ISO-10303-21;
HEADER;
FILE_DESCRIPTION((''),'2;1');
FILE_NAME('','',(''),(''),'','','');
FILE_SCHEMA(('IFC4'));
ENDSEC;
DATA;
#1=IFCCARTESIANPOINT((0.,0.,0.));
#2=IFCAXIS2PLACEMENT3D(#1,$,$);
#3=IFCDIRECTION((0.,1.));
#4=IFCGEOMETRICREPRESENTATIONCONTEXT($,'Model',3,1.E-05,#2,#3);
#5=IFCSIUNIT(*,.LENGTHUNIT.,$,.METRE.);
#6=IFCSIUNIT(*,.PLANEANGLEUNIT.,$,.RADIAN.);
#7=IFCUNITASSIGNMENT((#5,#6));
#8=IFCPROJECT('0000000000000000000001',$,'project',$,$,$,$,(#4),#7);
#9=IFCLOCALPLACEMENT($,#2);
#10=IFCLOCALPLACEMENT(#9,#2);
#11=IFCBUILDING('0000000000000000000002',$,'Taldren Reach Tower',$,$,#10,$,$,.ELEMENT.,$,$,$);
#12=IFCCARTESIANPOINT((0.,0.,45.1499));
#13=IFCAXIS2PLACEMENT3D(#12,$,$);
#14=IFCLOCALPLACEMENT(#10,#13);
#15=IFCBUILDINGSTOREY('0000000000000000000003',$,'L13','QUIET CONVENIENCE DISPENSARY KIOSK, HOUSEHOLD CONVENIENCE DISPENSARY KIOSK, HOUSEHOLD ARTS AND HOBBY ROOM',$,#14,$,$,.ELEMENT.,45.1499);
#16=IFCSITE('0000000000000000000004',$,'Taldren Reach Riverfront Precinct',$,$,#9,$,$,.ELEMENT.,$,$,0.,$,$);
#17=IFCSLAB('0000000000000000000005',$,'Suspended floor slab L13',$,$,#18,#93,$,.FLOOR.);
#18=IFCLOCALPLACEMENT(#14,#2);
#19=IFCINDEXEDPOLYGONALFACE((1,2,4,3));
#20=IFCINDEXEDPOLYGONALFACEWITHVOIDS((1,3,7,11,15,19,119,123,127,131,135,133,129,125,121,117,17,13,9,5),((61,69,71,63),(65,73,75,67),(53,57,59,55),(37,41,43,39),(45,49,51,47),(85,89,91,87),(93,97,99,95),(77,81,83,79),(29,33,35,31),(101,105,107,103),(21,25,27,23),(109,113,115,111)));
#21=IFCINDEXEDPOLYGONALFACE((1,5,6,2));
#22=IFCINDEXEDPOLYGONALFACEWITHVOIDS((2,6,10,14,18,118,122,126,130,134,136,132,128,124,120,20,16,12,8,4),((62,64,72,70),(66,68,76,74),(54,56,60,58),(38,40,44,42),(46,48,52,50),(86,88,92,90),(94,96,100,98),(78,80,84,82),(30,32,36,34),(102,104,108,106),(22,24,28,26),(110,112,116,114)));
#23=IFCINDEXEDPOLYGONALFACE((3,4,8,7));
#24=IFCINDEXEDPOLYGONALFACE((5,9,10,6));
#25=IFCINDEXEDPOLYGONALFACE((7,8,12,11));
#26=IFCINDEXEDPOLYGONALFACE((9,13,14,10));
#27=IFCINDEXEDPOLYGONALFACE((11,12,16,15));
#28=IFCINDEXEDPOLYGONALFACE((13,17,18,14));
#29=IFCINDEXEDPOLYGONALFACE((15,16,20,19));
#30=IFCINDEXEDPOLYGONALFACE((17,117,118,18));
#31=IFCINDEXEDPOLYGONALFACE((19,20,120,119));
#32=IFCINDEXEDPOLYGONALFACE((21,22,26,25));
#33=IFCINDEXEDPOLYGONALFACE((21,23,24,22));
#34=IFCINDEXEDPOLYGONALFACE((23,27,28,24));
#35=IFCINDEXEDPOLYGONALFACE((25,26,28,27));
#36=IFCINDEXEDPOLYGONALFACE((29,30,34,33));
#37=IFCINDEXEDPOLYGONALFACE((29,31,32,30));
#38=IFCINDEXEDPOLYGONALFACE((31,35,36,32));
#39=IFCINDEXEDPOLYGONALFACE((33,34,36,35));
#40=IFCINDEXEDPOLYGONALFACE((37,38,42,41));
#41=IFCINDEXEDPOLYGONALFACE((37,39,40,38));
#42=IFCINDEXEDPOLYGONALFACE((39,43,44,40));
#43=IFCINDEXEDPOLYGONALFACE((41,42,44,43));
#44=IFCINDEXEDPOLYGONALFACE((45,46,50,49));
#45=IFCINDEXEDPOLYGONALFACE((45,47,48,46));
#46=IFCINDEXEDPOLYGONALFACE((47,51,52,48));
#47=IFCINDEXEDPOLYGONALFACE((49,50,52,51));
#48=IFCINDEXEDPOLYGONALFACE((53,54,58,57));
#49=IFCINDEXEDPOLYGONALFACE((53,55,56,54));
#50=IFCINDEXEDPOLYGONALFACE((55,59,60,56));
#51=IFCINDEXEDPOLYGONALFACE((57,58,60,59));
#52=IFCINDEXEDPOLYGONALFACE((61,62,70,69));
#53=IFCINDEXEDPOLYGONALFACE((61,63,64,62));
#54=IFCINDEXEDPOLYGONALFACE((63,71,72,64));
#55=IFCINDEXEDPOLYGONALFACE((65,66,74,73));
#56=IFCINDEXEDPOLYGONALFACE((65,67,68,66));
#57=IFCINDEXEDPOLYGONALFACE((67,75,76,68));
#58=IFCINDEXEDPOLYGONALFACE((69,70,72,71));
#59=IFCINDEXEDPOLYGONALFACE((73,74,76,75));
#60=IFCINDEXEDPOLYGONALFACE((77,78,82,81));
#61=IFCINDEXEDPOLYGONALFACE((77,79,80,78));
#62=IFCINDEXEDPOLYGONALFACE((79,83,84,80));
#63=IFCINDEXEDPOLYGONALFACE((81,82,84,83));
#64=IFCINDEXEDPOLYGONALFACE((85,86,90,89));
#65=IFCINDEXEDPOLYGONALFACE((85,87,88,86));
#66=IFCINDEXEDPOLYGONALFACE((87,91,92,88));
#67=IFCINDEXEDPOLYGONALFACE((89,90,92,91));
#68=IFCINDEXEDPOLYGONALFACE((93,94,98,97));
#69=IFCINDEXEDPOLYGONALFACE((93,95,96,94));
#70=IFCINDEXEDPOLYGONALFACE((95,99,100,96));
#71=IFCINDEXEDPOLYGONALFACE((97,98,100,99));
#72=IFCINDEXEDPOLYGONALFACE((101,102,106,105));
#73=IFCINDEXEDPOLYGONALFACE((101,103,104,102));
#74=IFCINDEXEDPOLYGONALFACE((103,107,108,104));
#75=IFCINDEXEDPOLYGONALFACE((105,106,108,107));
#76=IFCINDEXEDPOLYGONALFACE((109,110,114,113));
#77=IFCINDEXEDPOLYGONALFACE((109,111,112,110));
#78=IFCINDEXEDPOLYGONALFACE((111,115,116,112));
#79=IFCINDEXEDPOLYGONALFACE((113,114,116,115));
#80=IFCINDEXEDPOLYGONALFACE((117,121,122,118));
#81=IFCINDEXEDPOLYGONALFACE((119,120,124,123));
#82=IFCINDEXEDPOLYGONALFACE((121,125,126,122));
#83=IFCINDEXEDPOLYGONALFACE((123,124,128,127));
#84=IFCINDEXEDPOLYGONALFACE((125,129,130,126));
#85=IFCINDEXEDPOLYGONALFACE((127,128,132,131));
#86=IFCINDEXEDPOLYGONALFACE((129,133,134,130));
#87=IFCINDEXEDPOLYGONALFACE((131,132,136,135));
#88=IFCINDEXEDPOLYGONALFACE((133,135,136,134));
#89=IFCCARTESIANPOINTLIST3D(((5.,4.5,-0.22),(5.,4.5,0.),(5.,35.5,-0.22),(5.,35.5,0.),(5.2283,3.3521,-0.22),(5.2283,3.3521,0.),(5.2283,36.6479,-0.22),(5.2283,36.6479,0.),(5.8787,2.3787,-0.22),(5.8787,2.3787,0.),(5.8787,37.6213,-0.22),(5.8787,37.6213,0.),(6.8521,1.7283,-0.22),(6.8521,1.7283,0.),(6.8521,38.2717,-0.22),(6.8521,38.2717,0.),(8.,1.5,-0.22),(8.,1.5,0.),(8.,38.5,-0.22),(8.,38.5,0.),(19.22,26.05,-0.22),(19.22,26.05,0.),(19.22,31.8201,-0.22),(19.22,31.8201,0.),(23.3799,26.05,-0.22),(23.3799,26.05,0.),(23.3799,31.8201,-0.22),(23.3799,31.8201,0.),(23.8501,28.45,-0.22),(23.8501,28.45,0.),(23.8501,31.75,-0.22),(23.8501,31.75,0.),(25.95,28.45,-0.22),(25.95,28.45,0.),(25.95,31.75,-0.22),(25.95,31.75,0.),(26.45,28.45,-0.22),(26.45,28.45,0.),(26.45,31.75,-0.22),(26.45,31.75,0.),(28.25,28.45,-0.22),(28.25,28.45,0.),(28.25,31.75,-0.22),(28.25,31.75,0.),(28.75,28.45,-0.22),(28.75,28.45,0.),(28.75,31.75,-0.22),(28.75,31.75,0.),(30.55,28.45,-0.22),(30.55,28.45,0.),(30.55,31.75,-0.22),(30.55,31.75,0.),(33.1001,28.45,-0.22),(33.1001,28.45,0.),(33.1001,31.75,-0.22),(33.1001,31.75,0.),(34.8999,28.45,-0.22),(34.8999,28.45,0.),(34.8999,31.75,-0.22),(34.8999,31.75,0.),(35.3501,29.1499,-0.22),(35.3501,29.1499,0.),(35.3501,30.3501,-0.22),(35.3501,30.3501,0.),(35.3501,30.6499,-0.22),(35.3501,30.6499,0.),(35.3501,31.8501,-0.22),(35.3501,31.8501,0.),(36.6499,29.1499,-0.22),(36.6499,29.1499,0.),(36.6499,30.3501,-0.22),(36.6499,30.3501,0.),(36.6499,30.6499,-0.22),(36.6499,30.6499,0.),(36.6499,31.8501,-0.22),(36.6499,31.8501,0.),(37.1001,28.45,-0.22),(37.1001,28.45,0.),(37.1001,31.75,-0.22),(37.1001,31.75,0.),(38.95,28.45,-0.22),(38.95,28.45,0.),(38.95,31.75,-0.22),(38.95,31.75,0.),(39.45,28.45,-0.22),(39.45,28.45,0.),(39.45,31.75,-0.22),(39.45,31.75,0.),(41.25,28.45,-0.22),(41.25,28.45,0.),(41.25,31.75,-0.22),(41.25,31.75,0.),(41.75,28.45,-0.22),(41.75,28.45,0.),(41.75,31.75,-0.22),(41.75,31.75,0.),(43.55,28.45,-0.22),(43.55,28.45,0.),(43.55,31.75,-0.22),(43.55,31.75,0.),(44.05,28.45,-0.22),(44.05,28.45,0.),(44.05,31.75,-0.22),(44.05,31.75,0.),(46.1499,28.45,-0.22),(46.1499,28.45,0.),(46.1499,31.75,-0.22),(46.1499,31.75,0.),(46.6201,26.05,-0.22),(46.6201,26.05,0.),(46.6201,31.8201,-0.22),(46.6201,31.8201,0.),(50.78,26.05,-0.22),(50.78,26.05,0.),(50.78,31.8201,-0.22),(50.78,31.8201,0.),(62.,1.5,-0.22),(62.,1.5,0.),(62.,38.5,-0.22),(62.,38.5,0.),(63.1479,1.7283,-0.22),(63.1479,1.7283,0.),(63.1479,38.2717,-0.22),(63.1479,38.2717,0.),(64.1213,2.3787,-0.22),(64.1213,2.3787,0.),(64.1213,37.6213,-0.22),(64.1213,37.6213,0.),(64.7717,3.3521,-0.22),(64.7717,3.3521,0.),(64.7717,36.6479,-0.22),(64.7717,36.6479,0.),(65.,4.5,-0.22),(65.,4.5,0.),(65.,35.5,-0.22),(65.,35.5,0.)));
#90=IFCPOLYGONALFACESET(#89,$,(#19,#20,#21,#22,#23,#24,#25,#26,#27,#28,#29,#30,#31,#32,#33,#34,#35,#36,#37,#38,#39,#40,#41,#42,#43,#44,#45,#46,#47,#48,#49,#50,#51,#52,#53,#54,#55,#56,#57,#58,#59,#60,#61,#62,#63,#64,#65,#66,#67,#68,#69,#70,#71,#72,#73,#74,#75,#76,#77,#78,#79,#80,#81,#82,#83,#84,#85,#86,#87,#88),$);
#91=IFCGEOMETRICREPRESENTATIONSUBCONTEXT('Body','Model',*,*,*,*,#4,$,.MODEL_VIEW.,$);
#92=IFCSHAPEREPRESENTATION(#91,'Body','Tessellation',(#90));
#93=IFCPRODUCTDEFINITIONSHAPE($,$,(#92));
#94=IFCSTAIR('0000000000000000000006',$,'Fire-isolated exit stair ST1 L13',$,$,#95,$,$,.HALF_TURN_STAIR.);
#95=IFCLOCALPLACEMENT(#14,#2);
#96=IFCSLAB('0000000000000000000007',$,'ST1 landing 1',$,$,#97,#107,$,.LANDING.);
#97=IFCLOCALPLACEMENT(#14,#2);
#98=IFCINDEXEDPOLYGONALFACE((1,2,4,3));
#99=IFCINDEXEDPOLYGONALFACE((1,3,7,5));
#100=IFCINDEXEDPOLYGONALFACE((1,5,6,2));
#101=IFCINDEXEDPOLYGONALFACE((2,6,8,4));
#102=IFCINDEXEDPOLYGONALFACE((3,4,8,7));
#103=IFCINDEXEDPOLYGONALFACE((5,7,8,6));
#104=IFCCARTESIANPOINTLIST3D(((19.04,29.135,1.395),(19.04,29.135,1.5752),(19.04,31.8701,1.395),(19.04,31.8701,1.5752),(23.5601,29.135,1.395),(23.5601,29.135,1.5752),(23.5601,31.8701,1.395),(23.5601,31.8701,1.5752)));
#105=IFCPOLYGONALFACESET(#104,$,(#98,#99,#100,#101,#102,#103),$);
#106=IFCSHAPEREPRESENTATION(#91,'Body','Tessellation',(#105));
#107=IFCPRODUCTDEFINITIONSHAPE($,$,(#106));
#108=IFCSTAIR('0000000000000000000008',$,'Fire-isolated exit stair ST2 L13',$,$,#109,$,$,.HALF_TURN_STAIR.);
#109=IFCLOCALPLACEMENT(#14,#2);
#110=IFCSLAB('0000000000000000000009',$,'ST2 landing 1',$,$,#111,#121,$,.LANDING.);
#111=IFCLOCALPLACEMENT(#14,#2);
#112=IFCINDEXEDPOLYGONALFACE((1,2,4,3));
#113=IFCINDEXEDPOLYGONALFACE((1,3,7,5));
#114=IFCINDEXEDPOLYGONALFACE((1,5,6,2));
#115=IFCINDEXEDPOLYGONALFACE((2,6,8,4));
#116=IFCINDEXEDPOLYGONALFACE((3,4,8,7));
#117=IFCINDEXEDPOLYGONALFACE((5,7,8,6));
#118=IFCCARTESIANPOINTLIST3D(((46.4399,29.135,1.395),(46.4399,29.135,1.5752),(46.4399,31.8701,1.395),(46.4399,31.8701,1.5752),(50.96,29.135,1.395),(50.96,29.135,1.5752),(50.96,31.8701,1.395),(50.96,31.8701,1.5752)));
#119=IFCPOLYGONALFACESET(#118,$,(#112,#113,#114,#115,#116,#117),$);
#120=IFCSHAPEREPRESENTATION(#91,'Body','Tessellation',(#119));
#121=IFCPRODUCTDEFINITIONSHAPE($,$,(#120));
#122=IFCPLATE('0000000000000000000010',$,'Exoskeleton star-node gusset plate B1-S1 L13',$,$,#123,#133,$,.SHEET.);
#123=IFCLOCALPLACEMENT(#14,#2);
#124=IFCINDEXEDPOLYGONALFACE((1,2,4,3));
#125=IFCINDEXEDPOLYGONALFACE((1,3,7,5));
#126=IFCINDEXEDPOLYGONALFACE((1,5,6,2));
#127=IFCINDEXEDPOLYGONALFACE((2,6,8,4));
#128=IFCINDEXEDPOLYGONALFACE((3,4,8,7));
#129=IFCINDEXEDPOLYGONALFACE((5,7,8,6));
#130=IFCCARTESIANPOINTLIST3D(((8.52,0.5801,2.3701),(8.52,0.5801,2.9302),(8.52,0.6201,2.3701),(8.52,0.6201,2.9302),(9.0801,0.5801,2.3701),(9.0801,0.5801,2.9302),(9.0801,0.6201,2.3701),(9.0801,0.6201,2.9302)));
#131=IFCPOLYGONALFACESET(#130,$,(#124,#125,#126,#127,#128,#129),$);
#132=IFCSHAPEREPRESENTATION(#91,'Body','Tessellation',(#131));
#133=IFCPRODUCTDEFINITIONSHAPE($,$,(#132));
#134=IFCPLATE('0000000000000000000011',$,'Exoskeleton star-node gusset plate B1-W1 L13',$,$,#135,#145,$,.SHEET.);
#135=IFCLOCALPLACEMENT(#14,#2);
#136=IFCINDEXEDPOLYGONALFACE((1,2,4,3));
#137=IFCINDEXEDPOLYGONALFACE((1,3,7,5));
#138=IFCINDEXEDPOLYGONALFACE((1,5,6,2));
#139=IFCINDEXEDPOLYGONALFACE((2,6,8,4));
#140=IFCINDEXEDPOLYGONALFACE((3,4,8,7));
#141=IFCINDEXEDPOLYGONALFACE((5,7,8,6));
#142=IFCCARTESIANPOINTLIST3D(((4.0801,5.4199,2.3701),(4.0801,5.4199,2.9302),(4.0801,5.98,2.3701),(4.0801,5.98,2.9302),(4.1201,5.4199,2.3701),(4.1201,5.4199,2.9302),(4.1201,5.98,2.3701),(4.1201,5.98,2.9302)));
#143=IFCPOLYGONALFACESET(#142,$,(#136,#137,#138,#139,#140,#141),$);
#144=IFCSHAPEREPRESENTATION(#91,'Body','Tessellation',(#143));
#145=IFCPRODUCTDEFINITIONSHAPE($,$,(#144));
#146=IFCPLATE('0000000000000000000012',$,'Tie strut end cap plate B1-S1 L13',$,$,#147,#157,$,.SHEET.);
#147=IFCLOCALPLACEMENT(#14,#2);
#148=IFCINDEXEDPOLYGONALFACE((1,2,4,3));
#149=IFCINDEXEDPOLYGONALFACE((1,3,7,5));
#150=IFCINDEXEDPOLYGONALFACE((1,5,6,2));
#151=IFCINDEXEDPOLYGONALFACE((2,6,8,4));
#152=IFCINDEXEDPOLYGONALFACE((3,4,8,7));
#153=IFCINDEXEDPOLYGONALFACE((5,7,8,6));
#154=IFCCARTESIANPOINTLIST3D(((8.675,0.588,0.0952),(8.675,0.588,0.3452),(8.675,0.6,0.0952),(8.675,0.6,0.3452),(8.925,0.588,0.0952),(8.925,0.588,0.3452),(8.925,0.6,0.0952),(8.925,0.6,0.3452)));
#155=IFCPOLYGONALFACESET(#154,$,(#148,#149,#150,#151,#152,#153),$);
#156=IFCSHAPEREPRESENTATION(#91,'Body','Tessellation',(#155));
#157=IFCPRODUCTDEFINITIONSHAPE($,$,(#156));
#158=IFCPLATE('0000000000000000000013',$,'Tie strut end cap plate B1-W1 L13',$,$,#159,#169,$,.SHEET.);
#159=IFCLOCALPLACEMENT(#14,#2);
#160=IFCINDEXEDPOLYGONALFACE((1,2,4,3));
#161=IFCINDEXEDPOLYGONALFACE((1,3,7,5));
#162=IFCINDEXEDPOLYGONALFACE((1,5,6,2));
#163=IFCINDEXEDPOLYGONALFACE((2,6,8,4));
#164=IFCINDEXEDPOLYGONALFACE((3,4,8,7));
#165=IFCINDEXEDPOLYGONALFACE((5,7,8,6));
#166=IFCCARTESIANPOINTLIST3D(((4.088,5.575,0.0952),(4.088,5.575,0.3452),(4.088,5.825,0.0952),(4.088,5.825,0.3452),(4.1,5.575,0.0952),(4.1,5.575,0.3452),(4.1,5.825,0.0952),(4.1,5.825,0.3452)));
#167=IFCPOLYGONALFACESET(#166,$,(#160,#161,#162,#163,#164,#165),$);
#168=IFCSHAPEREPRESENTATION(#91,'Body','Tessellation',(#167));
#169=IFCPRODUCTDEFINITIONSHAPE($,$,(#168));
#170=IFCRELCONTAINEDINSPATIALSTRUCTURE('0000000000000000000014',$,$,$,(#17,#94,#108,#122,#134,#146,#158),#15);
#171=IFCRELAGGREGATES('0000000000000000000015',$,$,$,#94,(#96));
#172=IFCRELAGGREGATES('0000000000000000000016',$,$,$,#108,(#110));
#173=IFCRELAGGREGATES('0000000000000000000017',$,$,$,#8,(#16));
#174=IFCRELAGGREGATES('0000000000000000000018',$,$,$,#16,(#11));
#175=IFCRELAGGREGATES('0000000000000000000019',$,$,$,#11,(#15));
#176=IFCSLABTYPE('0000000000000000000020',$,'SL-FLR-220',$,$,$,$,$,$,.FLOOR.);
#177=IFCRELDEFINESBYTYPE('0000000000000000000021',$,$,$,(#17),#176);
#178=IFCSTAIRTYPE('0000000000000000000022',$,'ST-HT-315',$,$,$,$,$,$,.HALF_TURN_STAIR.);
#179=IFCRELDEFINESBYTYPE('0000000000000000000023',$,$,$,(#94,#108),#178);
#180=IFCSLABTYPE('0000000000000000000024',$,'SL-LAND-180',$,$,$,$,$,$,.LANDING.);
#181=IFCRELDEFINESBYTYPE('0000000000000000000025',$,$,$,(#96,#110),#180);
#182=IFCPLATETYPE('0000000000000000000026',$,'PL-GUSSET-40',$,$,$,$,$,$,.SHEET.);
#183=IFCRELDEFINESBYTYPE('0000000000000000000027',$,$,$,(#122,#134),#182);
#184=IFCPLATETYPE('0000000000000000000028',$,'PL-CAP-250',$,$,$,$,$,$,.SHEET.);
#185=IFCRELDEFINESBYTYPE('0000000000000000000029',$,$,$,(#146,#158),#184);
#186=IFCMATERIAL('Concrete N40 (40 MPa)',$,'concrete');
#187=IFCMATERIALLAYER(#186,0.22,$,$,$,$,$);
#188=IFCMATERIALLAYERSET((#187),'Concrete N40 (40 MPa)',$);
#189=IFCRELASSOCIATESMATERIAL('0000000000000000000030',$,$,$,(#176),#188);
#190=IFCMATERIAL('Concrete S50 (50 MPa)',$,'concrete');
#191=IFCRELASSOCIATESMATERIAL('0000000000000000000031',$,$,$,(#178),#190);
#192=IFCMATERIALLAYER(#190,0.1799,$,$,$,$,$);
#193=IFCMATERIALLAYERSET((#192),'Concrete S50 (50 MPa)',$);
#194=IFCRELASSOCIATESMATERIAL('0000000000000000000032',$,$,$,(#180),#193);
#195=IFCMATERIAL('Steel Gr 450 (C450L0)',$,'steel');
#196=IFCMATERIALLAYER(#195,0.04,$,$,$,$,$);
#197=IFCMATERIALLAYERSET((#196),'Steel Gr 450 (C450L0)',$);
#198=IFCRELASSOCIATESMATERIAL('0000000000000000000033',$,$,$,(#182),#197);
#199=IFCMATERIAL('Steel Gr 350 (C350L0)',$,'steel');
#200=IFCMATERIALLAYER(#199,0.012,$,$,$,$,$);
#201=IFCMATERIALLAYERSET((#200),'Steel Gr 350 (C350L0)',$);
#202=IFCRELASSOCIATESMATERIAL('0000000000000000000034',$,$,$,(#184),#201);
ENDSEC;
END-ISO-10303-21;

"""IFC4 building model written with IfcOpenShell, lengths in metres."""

from ifc_helpers import new_model, si_unit, direction, frame, origin, origin_2d, place, context, subcontext, project, spatial, polyline, rectangle, outline, extrude, source, transform, mapped, material, layer, layer_set, type_object, element, aggregate, save


model = new_model("IFC4")

# Units and contexts
model_context = context("Model", 3, precision=1e-05, world=origin(), true_north=direction((0.0, 1.0)))
body_context = subcontext(model_context, "Body", "Model", "MODEL_VIEW")
ifc_project = project(units=[si_unit("LENGTHUNIT", "METRE"), si_unit("PLANEANGLEUNIT", "RADIAN")], contexts=[model_context])

# Site, building, storey
site_placement = place(None, origin())
site = spatial("IfcSite", under=ifc_project, at=site_placement, Name="Taldren Reach Riverfront Precinct", CompositionType="ELEMENT", RefElevation=0.0)
building_placement = place(site_placement, origin())
building = spatial("IfcBuilding", under=site, at=building_placement, Name="Taldren Reach Tower", CompositionType="ELEMENT")
storey_placement = place(building_placement, frame((0.0, 0.0, 45.1499)))
storey = spatial("IfcBuildingStorey", under=building, at=storey_placement, Name="L13", Description="QUIET CONVENIENCE DISPENSARY KIOSK, HOUSEHOLD CONVENIENCE DISPENSARY KIOSK, HOUSEHOLD ARTS AND HOBBY ROOM", CompositionType="ELEMENT", Elevation=45.1499)

# Shared definitions
ifc_material_1 = material(Name="Steel Gr 450 (C450L0)", Category="steel")
ifc_material_2 = material(Name="Steel Gr 350 (C350L0)", Category="steel")

# Slab
ifc_material_3 = material(Name="Concrete N40 (40 MPa)", Category="concrete")
ifc_layer_1 = layer(ifc_material_3, 0.22)
ifc_layer_set_1 = layer_set([ifc_layer_1], Name="Concrete N40 (40 MPa)")
slab_type_1 = type_object("IfcSlabType", Name="SL-FLR-220", PredefinedType="FLOOR", material=ifc_layer_set_1)
slab_1_placement = place(storey_placement, frame((0.0, 0.0, -0.22)))
element("IfcSlab", 1, at=slab_1_placement, inside=storey, type_object=slab_type_1, Name="Suspended floor slab L13", PredefinedType="FLOOR", context=body_context, shape_type="SweptSolid", body=[
    extrude(outline(polyline([(62.0, 1.5), (63.1479, 1.7283), (64.1213, 2.3787), (64.7717, 3.3521), (65.0, 4.5), (65.0, 35.5), (64.7717, 36.6479), (64.1213, 37.6213), (63.1479, 38.2717), (62.0, 38.5), (8.0, 38.5), (6.8521, 38.2717), (5.8787, 37.6213), (5.2283, 36.6479), (5.0, 35.5), (5.0, 4.5), (5.2283, 3.3521), (5.8787, 2.3787), (6.8521, 1.7283), (8.0, 1.5), (62.0, 1.5)]), holes=[polyline([(19.22, 26.05), (23.3799, 26.05), (23.3799, 31.8201), (19.22, 31.8201), (19.22, 26.05)]), polyline([(46.6201, 26.05), (50.78, 26.05), (50.78, 31.8201), (46.6201, 31.8201), (46.6201, 26.05)]), polyline([(23.8501, 28.45), (25.95, 28.45), (25.95, 31.75), (23.8501, 31.75), (23.8501, 28.45)]), polyline([(44.05, 28.45), (46.1499, 28.45), (46.1499, 31.75), (44.05, 31.75), (44.05, 28.45)]), polyline([(26.45, 28.45), (28.25, 28.45), (28.25, 31.75), (26.45, 31.75), (26.45, 28.45)]), polyline([(28.75, 28.45), (30.55, 28.45), (30.55, 31.75), (28.75, 31.75), (28.75, 28.45)]), polyline([(33.1001, 28.45), (34.8999, 28.45), (34.8999, 31.75), (33.1001, 31.75), (33.1001, 28.45)]), polyline([(37.1001, 28.45), (38.95, 28.45), (38.95, 31.75), (37.1001, 31.75), (37.1001, 28.45)]), polyline([(39.45, 28.45), (41.25, 28.45), (41.25, 31.75), (39.45, 31.75), (39.45, 28.45)]), polyline([(41.75, 28.45), (43.55, 28.45), (43.55, 31.75), (41.75, 31.75), (41.75, 28.45)]), polyline([(35.3501, 30.6499), (36.6499, 30.6499), (36.6499, 31.8501), (35.3501, 31.8501), (35.3501, 30.6499)]), polyline([(35.3501, 29.1499), (36.6499, 29.1499), (36.6499, 30.3501), (35.3501, 30.3501), (35.3501, 29.1499)])]), origin(), (0.0, 0.0, 1.0), 0.22),
])

# Stairs, slabs
ifc_material_4 = material(Name="Concrete S50 (50 MPa)", Category="concrete")
stair_type = type_object("IfcStairType", Name="ST-HT-315", PredefinedType="HALF_TURN_STAIR", material=ifc_material_4)
stair_1_placement = place(storey_placement, origin())
stair_1 = element("IfcStair", 2, at=stair_1_placement, inside=storey, type_object=stair_type, Name="Fire-isolated exit stair ST1 L13", PredefinedType="HALF_TURN_STAIR")
ifc_layer_2 = layer(ifc_material_4, 0.1799)
ifc_layer_set_2 = layer_set([ifc_layer_2], Name="Concrete S50 (50 MPa)")
slab_type_2 = type_object("IfcSlabType", Name="SL-LAND-180", PredefinedType="LANDING", material=ifc_layer_set_2)
slab_2_placement = place(storey_placement, frame((0.0, 0.0, 1.395)))
slab_2 = element("IfcSlab", 3, at=slab_2_placement, type_object=slab_type_2, Name="ST1 landing 1", PredefinedType="LANDING", context=body_context, shape_type="SweptSolid", body=[
    extrude(outline(polyline([(19.04, 29.135), (23.5601, 29.135), (23.5601, 31.8701), (19.04, 31.8701), (19.04, 29.135)])), origin(), (0.0, 0.0, 1.0), 0.1802),
])
aggregate(stair_1, [slab_2])
stair_2_placement = place(storey_placement, origin())
stair_2 = element("IfcStair", 4, at=stair_2_placement, inside=storey, type_object=stair_type, Name="Fire-isolated exit stair ST2 L13", PredefinedType="HALF_TURN_STAIR")
slab_3_placement = place(storey_placement, frame((0.0, 0.0, 1.395)))
slab_3 = element("IfcSlab", 5, at=slab_3_placement, type_object=slab_type_2, Name="ST2 landing 1", PredefinedType="LANDING", context=body_context, shape_type="SweptSolid", body=[
    extrude(outline(polyline([(46.4399, 29.135), (50.96, 29.135), (50.96, 31.8701), (46.4399, 31.8701), (46.4399, 29.135)])), origin(), (0.0, 0.0, 1.0), 0.1802),
])
aggregate(stair_2, [slab_3])

# Plates
ifc_layer_3 = layer(ifc_material_1, 0.04)
ifc_layer_set_3 = layer_set([ifc_layer_3], Name="Steel Gr 450 (C450L0)")
plate_type_1 = type_object("IfcPlateType", Name="PL-GUSSET-40", PredefinedType="SHEET", material=ifc_layer_set_3)
shared_shape_1 = source(origin(), body_context, "Body", "SweptSolid", [
    extrude(rectangle(XDim=0.5601, YDim=0.04, at=origin_2d()), origin(), (0.0, 0.0, 1.0), 0.5601),
])
for number, where, z_axis, x_axis, name in (
    (6, (8.8, 0.6001, 2.3701), (0.0, 0.0, 1.0), (1.0, 0.0, 0.0), "Exoskeleton star-node gusset plate B1-S1 L13"),
    (7, (4.1001, 5.7, 2.3701), (0.0, 0.0, 1.0), (0.0, 1.0, 0.0), "Exoskeleton star-node gusset plate B1-W1 L13"),
):
    element("IfcPlate", number, at=place(storey_placement, frame(where, z_axis=z_axis, x_axis=x_axis)), inside=storey, type_object=plate_type_1, Name=name, PredefinedType="SHEET", context=body_context, shape_type="MappedRepresentation", body=[
        mapped(shared_shape_1, transform((0.0, 0.0, 0.0), scale=1.0)),
    ])
ifc_layer_4 = layer(ifc_material_2, 0.012)
ifc_layer_set_4 = layer_set([ifc_layer_4], Name="Steel Gr 350 (C350L0)")
plate_type_2 = type_object("IfcPlateType", Name="PL-CAP-250", PredefinedType="SHEET", material=ifc_layer_set_4)
shared_shape_2 = source(origin(), body_context, "Body", "SweptSolid", [
    extrude(rectangle(XDim=0.25, YDim=0.012, at=origin_2d()), origin(), (0.0, 0.0, 1.0), 0.25),
])
plate_1_placement = place(storey_placement, frame((8.8, 0.594, 0.0952), z_axis=(0.0, 0.0, 1.0), x_axis=(1.0, 0.0, 0.0)))
element("IfcPlate", 8, at=plate_1_placement, inside=storey, type_object=plate_type_2, Name="Tie strut end cap plate B1-S1 L13", PredefinedType="SHEET", context=body_context, shape_type="MappedRepresentation", body=[
    mapped(shared_shape_2, transform((0.0, 0.0, 0.0), scale=1.0)),
])
shared_shape_3 = source(origin(), body_context, "Body", "SweptSolid", [
    extrude(rectangle(XDim=0.012, YDim=0.25, at=origin_2d()), origin(), (0.0, 0.0, 1.0), 0.25),
])
plate_2_placement = place(storey_placement, frame((4.094, 5.7, 0.0952), z_axis=(0.0, 0.0, 1.0), x_axis=(1.0, 0.0, 0.0)))
element("IfcPlate", 9, at=plate_2_placement, inside=storey, type_object=plate_type_2, Name="Tie strut end cap plate B1-W1 L13", PredefinedType="SHEET", context=body_context, shape_type="MappedRepresentation", body=[
    mapped(shared_shape_3, transform((0.0, 0.0, 0.0), scale=1.0)),
])

save(model, "model.ifc")
